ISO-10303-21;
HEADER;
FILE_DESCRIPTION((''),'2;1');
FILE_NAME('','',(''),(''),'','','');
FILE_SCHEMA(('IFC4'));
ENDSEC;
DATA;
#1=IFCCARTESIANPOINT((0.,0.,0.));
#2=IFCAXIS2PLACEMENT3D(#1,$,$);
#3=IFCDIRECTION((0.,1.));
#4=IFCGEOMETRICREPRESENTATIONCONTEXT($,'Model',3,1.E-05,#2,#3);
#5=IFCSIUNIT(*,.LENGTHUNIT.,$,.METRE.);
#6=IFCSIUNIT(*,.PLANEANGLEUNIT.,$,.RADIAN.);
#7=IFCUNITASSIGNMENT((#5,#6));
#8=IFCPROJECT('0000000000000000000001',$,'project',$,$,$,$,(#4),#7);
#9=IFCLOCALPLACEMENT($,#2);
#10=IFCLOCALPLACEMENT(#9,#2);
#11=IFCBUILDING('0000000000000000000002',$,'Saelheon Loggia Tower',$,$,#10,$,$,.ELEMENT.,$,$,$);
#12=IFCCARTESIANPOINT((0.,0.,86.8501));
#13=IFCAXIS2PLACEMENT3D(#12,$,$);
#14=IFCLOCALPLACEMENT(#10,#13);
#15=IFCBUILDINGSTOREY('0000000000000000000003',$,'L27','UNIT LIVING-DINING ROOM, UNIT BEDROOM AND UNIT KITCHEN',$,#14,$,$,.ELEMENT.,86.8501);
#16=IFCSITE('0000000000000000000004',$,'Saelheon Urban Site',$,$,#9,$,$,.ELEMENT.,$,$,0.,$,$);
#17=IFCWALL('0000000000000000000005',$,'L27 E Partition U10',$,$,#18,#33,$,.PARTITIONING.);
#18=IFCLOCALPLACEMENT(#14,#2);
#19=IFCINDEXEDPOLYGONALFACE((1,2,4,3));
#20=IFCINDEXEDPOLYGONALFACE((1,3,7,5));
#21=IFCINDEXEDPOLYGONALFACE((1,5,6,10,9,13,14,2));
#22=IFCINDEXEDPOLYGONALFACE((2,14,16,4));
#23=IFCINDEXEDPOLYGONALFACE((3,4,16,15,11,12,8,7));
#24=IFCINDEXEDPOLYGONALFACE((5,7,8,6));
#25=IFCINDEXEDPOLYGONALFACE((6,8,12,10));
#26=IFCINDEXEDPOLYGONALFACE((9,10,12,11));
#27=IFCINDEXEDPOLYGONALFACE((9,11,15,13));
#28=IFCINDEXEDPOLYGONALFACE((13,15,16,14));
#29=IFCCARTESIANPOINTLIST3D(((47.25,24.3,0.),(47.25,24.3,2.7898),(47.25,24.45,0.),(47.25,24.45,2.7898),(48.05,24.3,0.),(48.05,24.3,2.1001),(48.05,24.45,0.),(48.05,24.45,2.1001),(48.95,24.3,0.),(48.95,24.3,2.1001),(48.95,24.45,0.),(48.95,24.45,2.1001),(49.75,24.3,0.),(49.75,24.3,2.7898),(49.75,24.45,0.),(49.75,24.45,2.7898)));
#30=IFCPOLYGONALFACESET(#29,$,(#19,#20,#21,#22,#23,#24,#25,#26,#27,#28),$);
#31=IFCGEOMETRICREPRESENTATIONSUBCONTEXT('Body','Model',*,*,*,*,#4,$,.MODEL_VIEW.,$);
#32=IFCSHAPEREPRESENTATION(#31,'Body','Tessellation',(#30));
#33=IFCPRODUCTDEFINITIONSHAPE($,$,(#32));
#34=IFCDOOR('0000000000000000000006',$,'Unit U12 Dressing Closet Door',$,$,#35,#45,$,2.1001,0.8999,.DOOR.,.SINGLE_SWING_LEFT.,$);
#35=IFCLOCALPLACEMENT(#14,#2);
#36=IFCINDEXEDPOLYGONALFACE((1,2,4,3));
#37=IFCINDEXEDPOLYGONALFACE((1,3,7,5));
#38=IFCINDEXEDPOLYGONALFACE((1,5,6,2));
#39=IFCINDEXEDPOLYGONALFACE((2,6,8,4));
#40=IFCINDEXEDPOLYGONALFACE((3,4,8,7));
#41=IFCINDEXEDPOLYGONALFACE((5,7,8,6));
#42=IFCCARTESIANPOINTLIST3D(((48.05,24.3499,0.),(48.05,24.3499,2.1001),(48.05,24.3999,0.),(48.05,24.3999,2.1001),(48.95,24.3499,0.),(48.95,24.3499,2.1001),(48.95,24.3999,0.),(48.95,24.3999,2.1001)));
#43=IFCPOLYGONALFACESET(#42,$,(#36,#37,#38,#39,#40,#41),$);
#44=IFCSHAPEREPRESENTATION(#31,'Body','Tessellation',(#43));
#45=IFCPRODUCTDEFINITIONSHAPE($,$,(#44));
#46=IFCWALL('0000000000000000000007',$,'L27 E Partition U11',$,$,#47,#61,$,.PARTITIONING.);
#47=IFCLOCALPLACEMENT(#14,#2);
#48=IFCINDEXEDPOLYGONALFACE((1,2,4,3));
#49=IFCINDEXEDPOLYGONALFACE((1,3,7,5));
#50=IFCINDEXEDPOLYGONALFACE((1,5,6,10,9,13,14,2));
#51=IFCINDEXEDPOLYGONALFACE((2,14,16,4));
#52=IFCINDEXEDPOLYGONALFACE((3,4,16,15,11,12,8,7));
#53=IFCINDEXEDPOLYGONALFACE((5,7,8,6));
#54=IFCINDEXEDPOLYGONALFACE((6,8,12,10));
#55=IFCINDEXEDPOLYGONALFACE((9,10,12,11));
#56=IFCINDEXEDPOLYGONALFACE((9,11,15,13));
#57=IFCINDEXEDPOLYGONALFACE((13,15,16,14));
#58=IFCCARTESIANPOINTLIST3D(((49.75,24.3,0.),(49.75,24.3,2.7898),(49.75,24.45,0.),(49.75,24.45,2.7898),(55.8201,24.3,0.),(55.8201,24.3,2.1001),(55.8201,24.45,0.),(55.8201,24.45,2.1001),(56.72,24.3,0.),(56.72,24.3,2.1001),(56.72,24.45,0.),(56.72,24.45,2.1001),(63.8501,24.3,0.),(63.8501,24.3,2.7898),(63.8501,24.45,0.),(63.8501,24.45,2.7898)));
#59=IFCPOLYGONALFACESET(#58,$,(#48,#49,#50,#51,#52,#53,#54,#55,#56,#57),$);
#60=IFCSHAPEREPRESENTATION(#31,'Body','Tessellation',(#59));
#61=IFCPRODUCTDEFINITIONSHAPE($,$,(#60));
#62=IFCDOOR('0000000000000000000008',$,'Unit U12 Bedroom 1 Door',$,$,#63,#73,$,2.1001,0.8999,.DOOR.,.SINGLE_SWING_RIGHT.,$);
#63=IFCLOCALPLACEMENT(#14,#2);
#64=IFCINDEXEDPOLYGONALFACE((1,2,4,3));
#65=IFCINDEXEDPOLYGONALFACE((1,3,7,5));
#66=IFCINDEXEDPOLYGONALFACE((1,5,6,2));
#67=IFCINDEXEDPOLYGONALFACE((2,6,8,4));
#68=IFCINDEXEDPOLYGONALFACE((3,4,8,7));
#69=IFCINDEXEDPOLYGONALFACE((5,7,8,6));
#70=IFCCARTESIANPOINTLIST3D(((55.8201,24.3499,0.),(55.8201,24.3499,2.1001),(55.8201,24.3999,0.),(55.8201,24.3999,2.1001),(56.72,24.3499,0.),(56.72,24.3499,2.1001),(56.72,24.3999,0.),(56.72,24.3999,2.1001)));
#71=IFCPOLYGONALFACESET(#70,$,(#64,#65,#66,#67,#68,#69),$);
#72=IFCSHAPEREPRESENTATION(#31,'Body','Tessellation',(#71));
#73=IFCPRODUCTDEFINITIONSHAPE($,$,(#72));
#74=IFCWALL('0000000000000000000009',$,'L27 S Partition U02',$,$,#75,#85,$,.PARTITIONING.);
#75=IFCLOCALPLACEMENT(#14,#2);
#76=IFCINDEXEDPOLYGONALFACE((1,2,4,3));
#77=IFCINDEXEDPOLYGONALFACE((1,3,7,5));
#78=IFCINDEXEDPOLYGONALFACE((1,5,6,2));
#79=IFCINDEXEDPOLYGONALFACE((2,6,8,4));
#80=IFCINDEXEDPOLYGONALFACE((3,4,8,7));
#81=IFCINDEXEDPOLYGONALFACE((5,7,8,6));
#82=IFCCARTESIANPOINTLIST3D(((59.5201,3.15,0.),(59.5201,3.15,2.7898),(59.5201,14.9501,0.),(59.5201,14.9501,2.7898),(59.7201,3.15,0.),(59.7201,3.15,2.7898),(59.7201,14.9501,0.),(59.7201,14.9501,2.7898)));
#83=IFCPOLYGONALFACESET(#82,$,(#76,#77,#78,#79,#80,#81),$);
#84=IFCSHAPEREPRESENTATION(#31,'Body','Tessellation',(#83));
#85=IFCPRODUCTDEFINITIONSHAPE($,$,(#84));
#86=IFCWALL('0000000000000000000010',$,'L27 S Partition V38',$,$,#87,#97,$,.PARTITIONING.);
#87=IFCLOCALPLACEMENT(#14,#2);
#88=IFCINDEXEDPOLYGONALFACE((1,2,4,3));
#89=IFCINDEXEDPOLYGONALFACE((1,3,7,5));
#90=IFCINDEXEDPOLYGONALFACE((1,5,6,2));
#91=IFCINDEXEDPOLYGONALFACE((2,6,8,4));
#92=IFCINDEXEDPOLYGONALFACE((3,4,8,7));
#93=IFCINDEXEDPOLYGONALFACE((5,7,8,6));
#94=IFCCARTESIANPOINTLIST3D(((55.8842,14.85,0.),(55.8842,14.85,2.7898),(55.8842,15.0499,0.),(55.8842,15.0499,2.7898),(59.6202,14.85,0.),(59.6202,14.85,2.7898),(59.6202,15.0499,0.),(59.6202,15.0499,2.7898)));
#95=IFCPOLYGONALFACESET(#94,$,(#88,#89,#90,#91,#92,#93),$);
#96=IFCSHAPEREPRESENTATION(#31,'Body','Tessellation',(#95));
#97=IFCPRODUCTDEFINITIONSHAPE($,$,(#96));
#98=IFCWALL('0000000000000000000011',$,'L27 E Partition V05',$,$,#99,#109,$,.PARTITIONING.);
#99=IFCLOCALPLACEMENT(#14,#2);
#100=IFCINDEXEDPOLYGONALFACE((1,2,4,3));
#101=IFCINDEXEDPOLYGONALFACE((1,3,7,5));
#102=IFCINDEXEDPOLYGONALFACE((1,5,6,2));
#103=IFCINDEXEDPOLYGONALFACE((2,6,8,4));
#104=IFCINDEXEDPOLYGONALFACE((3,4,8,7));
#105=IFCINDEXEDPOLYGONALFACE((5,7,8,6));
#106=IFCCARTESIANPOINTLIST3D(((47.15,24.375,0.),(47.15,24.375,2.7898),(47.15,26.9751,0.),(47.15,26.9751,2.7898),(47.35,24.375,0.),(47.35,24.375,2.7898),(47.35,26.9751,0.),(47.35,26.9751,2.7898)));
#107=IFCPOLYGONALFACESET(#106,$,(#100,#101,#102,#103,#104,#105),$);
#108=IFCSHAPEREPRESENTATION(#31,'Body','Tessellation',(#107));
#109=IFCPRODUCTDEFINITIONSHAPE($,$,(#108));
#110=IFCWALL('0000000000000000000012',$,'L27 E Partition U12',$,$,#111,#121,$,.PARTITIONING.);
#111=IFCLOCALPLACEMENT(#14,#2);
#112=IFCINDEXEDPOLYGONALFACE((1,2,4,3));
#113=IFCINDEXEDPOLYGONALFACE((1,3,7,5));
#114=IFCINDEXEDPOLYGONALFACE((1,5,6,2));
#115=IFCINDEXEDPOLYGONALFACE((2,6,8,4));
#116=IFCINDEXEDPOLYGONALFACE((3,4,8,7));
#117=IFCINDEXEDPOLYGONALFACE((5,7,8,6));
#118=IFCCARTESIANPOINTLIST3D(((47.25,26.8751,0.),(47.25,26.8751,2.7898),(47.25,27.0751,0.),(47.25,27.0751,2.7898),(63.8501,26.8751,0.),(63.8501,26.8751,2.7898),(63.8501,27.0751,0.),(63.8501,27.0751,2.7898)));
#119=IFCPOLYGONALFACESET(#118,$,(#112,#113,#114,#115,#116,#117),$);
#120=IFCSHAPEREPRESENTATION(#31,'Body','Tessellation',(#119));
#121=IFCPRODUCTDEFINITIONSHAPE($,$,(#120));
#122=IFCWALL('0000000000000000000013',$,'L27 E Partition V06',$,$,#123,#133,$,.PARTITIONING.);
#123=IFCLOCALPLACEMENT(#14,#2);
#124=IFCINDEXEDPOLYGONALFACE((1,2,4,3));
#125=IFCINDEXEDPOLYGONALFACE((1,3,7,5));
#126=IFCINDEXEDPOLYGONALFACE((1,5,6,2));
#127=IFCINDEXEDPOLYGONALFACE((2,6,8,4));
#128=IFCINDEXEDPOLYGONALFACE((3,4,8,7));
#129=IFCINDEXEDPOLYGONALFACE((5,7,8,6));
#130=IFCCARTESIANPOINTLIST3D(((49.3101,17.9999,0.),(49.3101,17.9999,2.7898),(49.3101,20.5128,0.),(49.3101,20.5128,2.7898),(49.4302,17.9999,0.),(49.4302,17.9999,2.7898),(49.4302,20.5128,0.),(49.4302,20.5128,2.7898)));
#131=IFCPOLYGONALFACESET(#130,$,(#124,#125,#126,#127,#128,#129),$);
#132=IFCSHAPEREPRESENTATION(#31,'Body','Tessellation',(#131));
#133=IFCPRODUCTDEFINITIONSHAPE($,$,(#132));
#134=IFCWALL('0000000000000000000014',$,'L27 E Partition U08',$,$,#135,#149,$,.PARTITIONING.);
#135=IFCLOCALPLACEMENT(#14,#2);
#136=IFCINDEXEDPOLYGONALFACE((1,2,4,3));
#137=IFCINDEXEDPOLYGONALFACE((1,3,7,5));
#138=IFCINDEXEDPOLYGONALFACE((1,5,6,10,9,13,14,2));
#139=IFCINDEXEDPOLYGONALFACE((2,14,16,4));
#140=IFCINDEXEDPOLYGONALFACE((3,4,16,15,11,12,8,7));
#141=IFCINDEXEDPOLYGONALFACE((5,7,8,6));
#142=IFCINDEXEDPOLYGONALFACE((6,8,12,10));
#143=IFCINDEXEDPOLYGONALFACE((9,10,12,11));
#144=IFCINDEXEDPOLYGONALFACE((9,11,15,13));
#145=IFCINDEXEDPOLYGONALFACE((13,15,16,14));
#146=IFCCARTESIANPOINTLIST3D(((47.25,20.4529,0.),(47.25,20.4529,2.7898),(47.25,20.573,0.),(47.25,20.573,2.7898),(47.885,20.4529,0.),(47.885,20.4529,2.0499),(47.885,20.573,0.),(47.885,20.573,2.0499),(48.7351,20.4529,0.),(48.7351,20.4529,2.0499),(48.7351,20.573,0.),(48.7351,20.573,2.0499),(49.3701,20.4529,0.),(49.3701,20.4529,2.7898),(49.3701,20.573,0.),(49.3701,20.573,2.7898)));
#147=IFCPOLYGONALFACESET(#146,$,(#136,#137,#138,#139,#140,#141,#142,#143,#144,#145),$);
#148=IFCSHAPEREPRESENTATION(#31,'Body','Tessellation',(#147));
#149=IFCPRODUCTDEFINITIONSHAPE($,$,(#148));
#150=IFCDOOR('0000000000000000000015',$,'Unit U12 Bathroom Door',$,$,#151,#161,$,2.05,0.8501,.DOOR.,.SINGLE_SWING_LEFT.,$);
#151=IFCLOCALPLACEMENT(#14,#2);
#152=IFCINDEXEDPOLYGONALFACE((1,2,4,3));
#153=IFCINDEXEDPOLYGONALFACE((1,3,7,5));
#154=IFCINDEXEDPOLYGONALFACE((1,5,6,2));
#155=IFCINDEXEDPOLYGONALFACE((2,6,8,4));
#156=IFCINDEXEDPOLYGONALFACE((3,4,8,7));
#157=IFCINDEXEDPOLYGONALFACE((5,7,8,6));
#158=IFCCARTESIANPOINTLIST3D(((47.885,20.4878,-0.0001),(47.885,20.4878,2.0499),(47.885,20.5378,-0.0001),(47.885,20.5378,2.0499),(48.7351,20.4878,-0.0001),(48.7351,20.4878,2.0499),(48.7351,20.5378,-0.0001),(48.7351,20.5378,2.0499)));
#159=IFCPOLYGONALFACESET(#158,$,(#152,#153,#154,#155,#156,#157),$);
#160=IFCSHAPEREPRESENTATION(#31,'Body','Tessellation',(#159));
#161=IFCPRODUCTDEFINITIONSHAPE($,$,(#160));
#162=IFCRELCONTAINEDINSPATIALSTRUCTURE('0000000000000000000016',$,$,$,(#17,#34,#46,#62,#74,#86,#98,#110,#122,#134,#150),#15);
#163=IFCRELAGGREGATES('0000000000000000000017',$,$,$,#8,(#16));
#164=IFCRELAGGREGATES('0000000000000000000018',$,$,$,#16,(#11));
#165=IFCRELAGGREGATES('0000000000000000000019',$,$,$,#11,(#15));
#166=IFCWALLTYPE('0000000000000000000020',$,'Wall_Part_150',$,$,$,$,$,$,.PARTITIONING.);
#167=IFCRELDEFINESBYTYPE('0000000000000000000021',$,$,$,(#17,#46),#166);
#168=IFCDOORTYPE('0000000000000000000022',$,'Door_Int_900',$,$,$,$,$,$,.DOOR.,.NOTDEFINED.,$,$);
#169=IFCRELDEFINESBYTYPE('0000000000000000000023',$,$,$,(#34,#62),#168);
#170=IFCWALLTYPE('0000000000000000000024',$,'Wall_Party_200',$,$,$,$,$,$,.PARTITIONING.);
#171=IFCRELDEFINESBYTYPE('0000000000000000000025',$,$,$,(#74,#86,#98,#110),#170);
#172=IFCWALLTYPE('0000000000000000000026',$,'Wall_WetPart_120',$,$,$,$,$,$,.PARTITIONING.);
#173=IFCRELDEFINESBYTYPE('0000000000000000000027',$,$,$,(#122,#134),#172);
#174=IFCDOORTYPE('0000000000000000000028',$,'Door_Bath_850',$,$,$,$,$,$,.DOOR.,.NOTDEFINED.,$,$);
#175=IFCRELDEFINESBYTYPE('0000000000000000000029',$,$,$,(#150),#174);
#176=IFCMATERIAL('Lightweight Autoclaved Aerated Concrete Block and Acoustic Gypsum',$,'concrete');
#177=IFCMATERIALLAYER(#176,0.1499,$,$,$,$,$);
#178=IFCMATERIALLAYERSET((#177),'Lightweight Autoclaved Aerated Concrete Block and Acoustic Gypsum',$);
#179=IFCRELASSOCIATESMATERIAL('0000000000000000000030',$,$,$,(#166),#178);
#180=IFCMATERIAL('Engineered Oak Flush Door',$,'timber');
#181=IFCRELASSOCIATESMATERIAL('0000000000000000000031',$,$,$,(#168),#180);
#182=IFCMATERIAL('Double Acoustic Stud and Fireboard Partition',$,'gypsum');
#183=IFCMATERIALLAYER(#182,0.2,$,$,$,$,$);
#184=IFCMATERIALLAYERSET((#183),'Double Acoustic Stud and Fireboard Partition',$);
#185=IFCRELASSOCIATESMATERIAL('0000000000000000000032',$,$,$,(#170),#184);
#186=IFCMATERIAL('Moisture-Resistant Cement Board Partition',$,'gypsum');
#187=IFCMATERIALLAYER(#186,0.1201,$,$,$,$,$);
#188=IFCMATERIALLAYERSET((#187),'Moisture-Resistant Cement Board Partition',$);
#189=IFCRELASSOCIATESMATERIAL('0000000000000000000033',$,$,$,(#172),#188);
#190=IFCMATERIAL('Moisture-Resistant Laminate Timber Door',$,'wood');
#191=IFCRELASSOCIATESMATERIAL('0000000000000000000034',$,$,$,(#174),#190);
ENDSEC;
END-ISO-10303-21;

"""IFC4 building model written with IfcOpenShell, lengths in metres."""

from ifc_helpers import new_model, si_unit, direction, frame, frame_2d, origin, place, context, subcontext, project, spatial, rectangle, extrude, source, transform, mapped, material, layer, layer_set, type_object, element, fill, save


model = new_model("IFC4")

# Units and contexts
model_context = context("Model", 3, precision=1e-05, world=origin(), true_north=direction((0.0, 1.0)))
body_context = subcontext(model_context, "Body", "Model", "MODEL_VIEW")
ifc_project = project(units=[si_unit("LENGTHUNIT", "METRE"), si_unit("PLANEANGLEUNIT", "RADIAN")], contexts=[model_context])

# Site, building, storey
site_placement = place(None, origin())
site = spatial("IfcSite", under=ifc_project, at=site_placement, Name="Saelheon Urban Site", CompositionType="ELEMENT", RefElevation=0.0)
building_placement = place(site_placement, origin())
building = spatial("IfcBuilding", under=site, at=building_placement, Name="Saelheon Loggia Tower", CompositionType="ELEMENT")
storey_placement = place(building_placement, frame((0.0, 0.0, 86.8501)))
storey = spatial("IfcBuildingStorey", under=building, at=storey_placement, Name="L27", Description="UNIT LIVING-DINING ROOM, UNIT BEDROOM AND UNIT KITCHEN", CompositionType="ELEMENT", Elevation=86.8501)

# Shared definitions
ifc_material_1 = material(Name="Lightweight Autoclaved Aerated Concrete Block and Acoustic Gypsum", Category="concrete")
ifc_layer_1 = layer(ifc_material_1, 0.1499)
ifc_layer_set_1 = layer_set([ifc_layer_1], Name="Lightweight Autoclaved Aerated Concrete Block and Acoustic Gypsum")
wall_type_1 = type_object("IfcWallType", Name="Wall_Part_150", PredefinedType="PARTITIONING", material=ifc_layer_set_1)
ifc_material_2 = material(Name="Engineered Oak Flush Door", Category="timber")
door_type_1 = type_object("IfcDoorType", Name="Door_Int_900", OperationType="NOTDEFINED", PredefinedType="DOOR", material=ifc_material_2)
shared_shape_1 = source(origin(), body_context, "Body", "SweptSolid", [
    extrude(rectangle(XDim=0.8999, YDim=2.1001, at=frame_2d((0.45, 1.05))), frame((0.0, 0.0249, 0.0), z_axis=(0.0, -1.0, 0.0), x_axis=(1.0, 0.0, 0.0)), (0.0, 0.0, 1.0), 0.05),
])

# Walls, openings, doors
wall_1_placement = place(storey_placement, frame((47.25, 24.375, 0.0), z_axis=(0.0, 0.0, 1.0), x_axis=(1.0, 0.0, 0.0)))
wall_1 = element("IfcWall", 1, at=wall_1_placement, inside=storey, type_object=wall_type_1, Name="L27 E Partition U10", PredefinedType="PARTITIONING", context=body_context, shape_type="SweptSolid", body=[
    extrude(rectangle(XDim=2.5, YDim=0.1499, at=frame_2d((1.25, 0.0))), origin(), (0.0, 0.0, 1.0), 2.7898),
])
opening_1_placement = place(wall_1_placement, frame((0.8, 0.0, 0.0)))
opening_1 = element("IfcOpeningElement", 2, at=opening_1_placement, cuts=wall_1, PredefinedType="OPENING", context=body_context, shape_type="SweptSolid", body=[
    extrude(rectangle(XDim=0.8999, YDim=2.1001, at=frame_2d((0.45, 1.05))), frame((0.0, 0.0869, 0.0), z_axis=(0.0, -1.0, 0.0), x_axis=(1.0, 0.0, 0.0)), (0.0, 0.0, 1.0), 0.1738),
])
door_1_placement = place(opening_1_placement, origin())
door_1 = element("IfcDoor", 3, at=door_1_placement, inside=storey, type_object=door_type_1, Name="Unit U12 Dressing Closet Door", OperationType="SINGLE_SWING_LEFT", OverallHeight=2.1001, OverallWidth=0.8999, PredefinedType="DOOR", context=body_context, shape_type="MappedRepresentation", body=[
    mapped(shared_shape_1, transform((0.0, 0.0, 0.0), scale=1.0)),
])
fill(opening_1, door_1)
wall_2_placement = place(storey_placement, frame((49.75, 24.375, 0.0), z_axis=(0.0, 0.0, 1.0), x_axis=(1.0, 0.0, 0.0)))
wall_2 = element("IfcWall", 4, at=wall_2_placement, inside=storey, type_object=wall_type_1, Name="L27 E Partition U11", PredefinedType="PARTITIONING", context=body_context, shape_type="SweptSolid", body=[
    extrude(rectangle(XDim=14.1001, YDim=0.1499, at=frame_2d((7.05, 0.0))), origin(), (0.0, 0.0, 1.0), 2.7898),
])
opening_2_placement = place(wall_2_placement, frame((6.0701, 0.0, 0.0)))
opening_2 = element("IfcOpeningElement", 5, at=opening_2_placement, cuts=wall_2, PredefinedType="OPENING", context=body_context, shape_type="SweptSolid", body=[
    extrude(rectangle(XDim=0.8999, YDim=2.1001, at=frame_2d((0.45, 1.05))), frame((0.0, 0.0869, 0.0), z_axis=(0.0, -1.0, 0.0), x_axis=(1.0, 0.0, 0.0)), (0.0, 0.0, 1.0), 0.1738),
])
door_2_placement = place(opening_2_placement, origin())
door_2 = element("IfcDoor", 6, at=door_2_placement, inside=storey, type_object=door_type_1, Name="Unit U12 Bedroom 1 Door", OperationType="SINGLE_SWING_RIGHT", OverallHeight=2.1001, OverallWidth=0.8999, PredefinedType="DOOR", context=body_context, shape_type="MappedRepresentation", body=[
    mapped(shared_shape_1, transform((0.0, 0.0, 0.0), scale=1.0)),
])
fill(opening_2, door_2)

# Walls
ifc_material_3 = material(Name="Double Acoustic Stud and Fireboard Partition", Category="gypsum")
ifc_layer_2 = layer(ifc_material_3, 0.2)
ifc_layer_set_2 = layer_set([ifc_layer_2], Name="Double Acoustic Stud and Fireboard Partition")
wall_type_2 = type_object("IfcWallType", Name="Wall_Party_200", PredefinedType="PARTITIONING", material=ifc_layer_set_2)
wall_3_placement = place(storey_placement, frame((59.6201, 14.95, 0.0), z_axis=(0.0, 0.0, 1.0), x_axis=(0.0, -1.0, 0.0)))
element("IfcWall", 7, at=wall_3_placement, inside=storey, type_object=wall_type_2, Name="L27 S Partition U02", PredefinedType="PARTITIONING", context=body_context, shape_type="SweptSolid", body=[
    extrude(rectangle(XDim=11.8, YDim=0.2, at=frame_2d((5.8999, 0.0))), origin(), (0.0, 0.0, 1.0), 2.7898),
])
wall_4_placement = place(storey_placement, frame((55.884, 14.95, 0.0), z_axis=(0.0, 0.0, 1.0), x_axis=(1.0, 0.0, 0.0)))
element("IfcWall", 8, at=wall_4_placement, inside=storey, type_object=wall_type_2, Name="L27 S Partition V38", PredefinedType="PARTITIONING", context=body_context, shape_type="SweptSolid", body=[
    extrude(rectangle(XDim=3.7361, YDim=0.2, at=frame_2d((1.8682, 0.0))), origin(), (0.0, 0.0, 1.0), 2.7898),
])
wall_5_placement = place(storey_placement, frame((47.25, 24.375, 0.0), z_axis=(0.0, 0.0, 1.0), x_axis=(0.0, 1.0, 0.0)))
element("IfcWall", 9, at=wall_5_placement, inside=storey, type_object=wall_type_2, Name="L27 E Partition V05", PredefinedType="PARTITIONING", context=body_context, shape_type="SweptSolid", body=[
    extrude(rectangle(XDim=2.6001, YDim=0.2, at=frame_2d((1.3, 0.0))), origin(), (0.0, 0.0, 1.0), 2.7898),
])
wall_6_placement = place(storey_placement, frame((47.25, 26.9751, 0.0), z_axis=(0.0, 0.0, 1.0), x_axis=(1.0, 0.0, 0.0)))
element("IfcWall", 10, at=wall_6_placement, inside=storey, type_object=wall_type_2, Name="L27 E Partition U12", PredefinedType="PARTITIONING", context=body_context, shape_type="SweptSolid", body=[
    extrude(rectangle(XDim=16.6001, YDim=0.2, at=frame_2d((8.3, 0.0))), origin(), (0.0, 0.0, 1.0), 2.7898),
])
ifc_material_4 = material(Name="Moisture-Resistant Cement Board Partition", Category="gypsum")
ifc_layer_3 = layer(ifc_material_4, 0.1201)
ifc_layer_set_3 = layer_set([ifc_layer_3], Name="Moisture-Resistant Cement Board Partition")
wall_type_3 = type_object("IfcWallType", Name="Wall_WetPart_120", PredefinedType="PARTITIONING", material=ifc_layer_set_3)
wall_7_placement = place(storey_placement, frame((49.3701, 18.0, 0.0), z_axis=(0.0, 0.0, 1.0), x_axis=(0.0, 1.0, 0.0)))
element("IfcWall", 11, at=wall_7_placement, inside=storey, type_object=wall_type_3, Name="L27 E Partition V06", PredefinedType="PARTITIONING", context=body_context, shape_type="SweptSolid", body=[
    extrude(rectangle(XDim=2.5129, YDim=0.1201, at=frame_2d((1.2563, 0.0))), origin(), (0.0, 0.0, 1.0), 2.7898),
])

# Wall, opening, door
wall_8_placement = place(storey_placement, frame((47.25, 20.5129, 0.0), z_axis=(0.0, 0.0, 1.0), x_axis=(1.0, 0.0, 0.0)))
wall_8 = element("IfcWall", 12, at=wall_8_placement, inside=storey, type_object=wall_type_3, Name="L27 E Partition U08", PredefinedType="PARTITIONING", context=body_context, shape_type="SweptSolid", body=[
    extrude(rectangle(XDim=2.1201, YDim=0.1201, at=frame_2d((1.0601, 0.0))), origin(), (0.0, 0.0, 1.0), 2.7898),
])
opening_3_placement = place(wall_8_placement, frame((0.635, 0.0, 0.0)))
opening_3 = element("IfcOpeningElement", 13, at=opening_3_placement, cuts=wall_8, PredefinedType="OPENING", context=body_context, shape_type="SweptSolid", body=[
    extrude(rectangle(XDim=0.8501, YDim=2.05, at=frame_2d((0.425, 1.0249))), frame((0.0, 0.072, 0.0), z_axis=(0.0, -1.0, 0.0), x_axis=(1.0, 0.0, 0.0)), (0.0, 0.0, 1.0), 0.144),
])
ifc_material_5 = material(Name="Moisture-Resistant Laminate Timber Door", Category="wood")
door_type_2 = type_object("IfcDoorType", Name="Door_Bath_850", OperationType="NOTDEFINED", PredefinedType="DOOR", material=ifc_material_5)
shared_shape_2 = source(origin(), body_context, "Body", "SweptSolid", [
    extrude(rectangle(XDim=0.8501, YDim=2.05, at=frame_2d((0.425, 1.0249))), frame((0.0, 0.0249, 0.0), z_axis=(0.0, -1.0, 0.0), x_axis=(1.0, 0.0, 0.0)), (0.0, 0.0, 1.0), 0.05),
])
door_3_placement = place(opening_3_placement, origin())
door_3 = element("IfcDoor", 14, at=door_3_placement, inside=storey, type_object=door_type_2, Name="Unit U12 Bathroom Door", OperationType="SINGLE_SWING_LEFT", OverallHeight=2.05, OverallWidth=0.8501, PredefinedType="DOOR", context=body_context, shape_type="MappedRepresentation", body=[
    mapped(shared_shape_2, transform((0.0, 0.0, 0.0), scale=1.0)),
])
fill(opening_3, door_3)

save(model, "model.ifc")
